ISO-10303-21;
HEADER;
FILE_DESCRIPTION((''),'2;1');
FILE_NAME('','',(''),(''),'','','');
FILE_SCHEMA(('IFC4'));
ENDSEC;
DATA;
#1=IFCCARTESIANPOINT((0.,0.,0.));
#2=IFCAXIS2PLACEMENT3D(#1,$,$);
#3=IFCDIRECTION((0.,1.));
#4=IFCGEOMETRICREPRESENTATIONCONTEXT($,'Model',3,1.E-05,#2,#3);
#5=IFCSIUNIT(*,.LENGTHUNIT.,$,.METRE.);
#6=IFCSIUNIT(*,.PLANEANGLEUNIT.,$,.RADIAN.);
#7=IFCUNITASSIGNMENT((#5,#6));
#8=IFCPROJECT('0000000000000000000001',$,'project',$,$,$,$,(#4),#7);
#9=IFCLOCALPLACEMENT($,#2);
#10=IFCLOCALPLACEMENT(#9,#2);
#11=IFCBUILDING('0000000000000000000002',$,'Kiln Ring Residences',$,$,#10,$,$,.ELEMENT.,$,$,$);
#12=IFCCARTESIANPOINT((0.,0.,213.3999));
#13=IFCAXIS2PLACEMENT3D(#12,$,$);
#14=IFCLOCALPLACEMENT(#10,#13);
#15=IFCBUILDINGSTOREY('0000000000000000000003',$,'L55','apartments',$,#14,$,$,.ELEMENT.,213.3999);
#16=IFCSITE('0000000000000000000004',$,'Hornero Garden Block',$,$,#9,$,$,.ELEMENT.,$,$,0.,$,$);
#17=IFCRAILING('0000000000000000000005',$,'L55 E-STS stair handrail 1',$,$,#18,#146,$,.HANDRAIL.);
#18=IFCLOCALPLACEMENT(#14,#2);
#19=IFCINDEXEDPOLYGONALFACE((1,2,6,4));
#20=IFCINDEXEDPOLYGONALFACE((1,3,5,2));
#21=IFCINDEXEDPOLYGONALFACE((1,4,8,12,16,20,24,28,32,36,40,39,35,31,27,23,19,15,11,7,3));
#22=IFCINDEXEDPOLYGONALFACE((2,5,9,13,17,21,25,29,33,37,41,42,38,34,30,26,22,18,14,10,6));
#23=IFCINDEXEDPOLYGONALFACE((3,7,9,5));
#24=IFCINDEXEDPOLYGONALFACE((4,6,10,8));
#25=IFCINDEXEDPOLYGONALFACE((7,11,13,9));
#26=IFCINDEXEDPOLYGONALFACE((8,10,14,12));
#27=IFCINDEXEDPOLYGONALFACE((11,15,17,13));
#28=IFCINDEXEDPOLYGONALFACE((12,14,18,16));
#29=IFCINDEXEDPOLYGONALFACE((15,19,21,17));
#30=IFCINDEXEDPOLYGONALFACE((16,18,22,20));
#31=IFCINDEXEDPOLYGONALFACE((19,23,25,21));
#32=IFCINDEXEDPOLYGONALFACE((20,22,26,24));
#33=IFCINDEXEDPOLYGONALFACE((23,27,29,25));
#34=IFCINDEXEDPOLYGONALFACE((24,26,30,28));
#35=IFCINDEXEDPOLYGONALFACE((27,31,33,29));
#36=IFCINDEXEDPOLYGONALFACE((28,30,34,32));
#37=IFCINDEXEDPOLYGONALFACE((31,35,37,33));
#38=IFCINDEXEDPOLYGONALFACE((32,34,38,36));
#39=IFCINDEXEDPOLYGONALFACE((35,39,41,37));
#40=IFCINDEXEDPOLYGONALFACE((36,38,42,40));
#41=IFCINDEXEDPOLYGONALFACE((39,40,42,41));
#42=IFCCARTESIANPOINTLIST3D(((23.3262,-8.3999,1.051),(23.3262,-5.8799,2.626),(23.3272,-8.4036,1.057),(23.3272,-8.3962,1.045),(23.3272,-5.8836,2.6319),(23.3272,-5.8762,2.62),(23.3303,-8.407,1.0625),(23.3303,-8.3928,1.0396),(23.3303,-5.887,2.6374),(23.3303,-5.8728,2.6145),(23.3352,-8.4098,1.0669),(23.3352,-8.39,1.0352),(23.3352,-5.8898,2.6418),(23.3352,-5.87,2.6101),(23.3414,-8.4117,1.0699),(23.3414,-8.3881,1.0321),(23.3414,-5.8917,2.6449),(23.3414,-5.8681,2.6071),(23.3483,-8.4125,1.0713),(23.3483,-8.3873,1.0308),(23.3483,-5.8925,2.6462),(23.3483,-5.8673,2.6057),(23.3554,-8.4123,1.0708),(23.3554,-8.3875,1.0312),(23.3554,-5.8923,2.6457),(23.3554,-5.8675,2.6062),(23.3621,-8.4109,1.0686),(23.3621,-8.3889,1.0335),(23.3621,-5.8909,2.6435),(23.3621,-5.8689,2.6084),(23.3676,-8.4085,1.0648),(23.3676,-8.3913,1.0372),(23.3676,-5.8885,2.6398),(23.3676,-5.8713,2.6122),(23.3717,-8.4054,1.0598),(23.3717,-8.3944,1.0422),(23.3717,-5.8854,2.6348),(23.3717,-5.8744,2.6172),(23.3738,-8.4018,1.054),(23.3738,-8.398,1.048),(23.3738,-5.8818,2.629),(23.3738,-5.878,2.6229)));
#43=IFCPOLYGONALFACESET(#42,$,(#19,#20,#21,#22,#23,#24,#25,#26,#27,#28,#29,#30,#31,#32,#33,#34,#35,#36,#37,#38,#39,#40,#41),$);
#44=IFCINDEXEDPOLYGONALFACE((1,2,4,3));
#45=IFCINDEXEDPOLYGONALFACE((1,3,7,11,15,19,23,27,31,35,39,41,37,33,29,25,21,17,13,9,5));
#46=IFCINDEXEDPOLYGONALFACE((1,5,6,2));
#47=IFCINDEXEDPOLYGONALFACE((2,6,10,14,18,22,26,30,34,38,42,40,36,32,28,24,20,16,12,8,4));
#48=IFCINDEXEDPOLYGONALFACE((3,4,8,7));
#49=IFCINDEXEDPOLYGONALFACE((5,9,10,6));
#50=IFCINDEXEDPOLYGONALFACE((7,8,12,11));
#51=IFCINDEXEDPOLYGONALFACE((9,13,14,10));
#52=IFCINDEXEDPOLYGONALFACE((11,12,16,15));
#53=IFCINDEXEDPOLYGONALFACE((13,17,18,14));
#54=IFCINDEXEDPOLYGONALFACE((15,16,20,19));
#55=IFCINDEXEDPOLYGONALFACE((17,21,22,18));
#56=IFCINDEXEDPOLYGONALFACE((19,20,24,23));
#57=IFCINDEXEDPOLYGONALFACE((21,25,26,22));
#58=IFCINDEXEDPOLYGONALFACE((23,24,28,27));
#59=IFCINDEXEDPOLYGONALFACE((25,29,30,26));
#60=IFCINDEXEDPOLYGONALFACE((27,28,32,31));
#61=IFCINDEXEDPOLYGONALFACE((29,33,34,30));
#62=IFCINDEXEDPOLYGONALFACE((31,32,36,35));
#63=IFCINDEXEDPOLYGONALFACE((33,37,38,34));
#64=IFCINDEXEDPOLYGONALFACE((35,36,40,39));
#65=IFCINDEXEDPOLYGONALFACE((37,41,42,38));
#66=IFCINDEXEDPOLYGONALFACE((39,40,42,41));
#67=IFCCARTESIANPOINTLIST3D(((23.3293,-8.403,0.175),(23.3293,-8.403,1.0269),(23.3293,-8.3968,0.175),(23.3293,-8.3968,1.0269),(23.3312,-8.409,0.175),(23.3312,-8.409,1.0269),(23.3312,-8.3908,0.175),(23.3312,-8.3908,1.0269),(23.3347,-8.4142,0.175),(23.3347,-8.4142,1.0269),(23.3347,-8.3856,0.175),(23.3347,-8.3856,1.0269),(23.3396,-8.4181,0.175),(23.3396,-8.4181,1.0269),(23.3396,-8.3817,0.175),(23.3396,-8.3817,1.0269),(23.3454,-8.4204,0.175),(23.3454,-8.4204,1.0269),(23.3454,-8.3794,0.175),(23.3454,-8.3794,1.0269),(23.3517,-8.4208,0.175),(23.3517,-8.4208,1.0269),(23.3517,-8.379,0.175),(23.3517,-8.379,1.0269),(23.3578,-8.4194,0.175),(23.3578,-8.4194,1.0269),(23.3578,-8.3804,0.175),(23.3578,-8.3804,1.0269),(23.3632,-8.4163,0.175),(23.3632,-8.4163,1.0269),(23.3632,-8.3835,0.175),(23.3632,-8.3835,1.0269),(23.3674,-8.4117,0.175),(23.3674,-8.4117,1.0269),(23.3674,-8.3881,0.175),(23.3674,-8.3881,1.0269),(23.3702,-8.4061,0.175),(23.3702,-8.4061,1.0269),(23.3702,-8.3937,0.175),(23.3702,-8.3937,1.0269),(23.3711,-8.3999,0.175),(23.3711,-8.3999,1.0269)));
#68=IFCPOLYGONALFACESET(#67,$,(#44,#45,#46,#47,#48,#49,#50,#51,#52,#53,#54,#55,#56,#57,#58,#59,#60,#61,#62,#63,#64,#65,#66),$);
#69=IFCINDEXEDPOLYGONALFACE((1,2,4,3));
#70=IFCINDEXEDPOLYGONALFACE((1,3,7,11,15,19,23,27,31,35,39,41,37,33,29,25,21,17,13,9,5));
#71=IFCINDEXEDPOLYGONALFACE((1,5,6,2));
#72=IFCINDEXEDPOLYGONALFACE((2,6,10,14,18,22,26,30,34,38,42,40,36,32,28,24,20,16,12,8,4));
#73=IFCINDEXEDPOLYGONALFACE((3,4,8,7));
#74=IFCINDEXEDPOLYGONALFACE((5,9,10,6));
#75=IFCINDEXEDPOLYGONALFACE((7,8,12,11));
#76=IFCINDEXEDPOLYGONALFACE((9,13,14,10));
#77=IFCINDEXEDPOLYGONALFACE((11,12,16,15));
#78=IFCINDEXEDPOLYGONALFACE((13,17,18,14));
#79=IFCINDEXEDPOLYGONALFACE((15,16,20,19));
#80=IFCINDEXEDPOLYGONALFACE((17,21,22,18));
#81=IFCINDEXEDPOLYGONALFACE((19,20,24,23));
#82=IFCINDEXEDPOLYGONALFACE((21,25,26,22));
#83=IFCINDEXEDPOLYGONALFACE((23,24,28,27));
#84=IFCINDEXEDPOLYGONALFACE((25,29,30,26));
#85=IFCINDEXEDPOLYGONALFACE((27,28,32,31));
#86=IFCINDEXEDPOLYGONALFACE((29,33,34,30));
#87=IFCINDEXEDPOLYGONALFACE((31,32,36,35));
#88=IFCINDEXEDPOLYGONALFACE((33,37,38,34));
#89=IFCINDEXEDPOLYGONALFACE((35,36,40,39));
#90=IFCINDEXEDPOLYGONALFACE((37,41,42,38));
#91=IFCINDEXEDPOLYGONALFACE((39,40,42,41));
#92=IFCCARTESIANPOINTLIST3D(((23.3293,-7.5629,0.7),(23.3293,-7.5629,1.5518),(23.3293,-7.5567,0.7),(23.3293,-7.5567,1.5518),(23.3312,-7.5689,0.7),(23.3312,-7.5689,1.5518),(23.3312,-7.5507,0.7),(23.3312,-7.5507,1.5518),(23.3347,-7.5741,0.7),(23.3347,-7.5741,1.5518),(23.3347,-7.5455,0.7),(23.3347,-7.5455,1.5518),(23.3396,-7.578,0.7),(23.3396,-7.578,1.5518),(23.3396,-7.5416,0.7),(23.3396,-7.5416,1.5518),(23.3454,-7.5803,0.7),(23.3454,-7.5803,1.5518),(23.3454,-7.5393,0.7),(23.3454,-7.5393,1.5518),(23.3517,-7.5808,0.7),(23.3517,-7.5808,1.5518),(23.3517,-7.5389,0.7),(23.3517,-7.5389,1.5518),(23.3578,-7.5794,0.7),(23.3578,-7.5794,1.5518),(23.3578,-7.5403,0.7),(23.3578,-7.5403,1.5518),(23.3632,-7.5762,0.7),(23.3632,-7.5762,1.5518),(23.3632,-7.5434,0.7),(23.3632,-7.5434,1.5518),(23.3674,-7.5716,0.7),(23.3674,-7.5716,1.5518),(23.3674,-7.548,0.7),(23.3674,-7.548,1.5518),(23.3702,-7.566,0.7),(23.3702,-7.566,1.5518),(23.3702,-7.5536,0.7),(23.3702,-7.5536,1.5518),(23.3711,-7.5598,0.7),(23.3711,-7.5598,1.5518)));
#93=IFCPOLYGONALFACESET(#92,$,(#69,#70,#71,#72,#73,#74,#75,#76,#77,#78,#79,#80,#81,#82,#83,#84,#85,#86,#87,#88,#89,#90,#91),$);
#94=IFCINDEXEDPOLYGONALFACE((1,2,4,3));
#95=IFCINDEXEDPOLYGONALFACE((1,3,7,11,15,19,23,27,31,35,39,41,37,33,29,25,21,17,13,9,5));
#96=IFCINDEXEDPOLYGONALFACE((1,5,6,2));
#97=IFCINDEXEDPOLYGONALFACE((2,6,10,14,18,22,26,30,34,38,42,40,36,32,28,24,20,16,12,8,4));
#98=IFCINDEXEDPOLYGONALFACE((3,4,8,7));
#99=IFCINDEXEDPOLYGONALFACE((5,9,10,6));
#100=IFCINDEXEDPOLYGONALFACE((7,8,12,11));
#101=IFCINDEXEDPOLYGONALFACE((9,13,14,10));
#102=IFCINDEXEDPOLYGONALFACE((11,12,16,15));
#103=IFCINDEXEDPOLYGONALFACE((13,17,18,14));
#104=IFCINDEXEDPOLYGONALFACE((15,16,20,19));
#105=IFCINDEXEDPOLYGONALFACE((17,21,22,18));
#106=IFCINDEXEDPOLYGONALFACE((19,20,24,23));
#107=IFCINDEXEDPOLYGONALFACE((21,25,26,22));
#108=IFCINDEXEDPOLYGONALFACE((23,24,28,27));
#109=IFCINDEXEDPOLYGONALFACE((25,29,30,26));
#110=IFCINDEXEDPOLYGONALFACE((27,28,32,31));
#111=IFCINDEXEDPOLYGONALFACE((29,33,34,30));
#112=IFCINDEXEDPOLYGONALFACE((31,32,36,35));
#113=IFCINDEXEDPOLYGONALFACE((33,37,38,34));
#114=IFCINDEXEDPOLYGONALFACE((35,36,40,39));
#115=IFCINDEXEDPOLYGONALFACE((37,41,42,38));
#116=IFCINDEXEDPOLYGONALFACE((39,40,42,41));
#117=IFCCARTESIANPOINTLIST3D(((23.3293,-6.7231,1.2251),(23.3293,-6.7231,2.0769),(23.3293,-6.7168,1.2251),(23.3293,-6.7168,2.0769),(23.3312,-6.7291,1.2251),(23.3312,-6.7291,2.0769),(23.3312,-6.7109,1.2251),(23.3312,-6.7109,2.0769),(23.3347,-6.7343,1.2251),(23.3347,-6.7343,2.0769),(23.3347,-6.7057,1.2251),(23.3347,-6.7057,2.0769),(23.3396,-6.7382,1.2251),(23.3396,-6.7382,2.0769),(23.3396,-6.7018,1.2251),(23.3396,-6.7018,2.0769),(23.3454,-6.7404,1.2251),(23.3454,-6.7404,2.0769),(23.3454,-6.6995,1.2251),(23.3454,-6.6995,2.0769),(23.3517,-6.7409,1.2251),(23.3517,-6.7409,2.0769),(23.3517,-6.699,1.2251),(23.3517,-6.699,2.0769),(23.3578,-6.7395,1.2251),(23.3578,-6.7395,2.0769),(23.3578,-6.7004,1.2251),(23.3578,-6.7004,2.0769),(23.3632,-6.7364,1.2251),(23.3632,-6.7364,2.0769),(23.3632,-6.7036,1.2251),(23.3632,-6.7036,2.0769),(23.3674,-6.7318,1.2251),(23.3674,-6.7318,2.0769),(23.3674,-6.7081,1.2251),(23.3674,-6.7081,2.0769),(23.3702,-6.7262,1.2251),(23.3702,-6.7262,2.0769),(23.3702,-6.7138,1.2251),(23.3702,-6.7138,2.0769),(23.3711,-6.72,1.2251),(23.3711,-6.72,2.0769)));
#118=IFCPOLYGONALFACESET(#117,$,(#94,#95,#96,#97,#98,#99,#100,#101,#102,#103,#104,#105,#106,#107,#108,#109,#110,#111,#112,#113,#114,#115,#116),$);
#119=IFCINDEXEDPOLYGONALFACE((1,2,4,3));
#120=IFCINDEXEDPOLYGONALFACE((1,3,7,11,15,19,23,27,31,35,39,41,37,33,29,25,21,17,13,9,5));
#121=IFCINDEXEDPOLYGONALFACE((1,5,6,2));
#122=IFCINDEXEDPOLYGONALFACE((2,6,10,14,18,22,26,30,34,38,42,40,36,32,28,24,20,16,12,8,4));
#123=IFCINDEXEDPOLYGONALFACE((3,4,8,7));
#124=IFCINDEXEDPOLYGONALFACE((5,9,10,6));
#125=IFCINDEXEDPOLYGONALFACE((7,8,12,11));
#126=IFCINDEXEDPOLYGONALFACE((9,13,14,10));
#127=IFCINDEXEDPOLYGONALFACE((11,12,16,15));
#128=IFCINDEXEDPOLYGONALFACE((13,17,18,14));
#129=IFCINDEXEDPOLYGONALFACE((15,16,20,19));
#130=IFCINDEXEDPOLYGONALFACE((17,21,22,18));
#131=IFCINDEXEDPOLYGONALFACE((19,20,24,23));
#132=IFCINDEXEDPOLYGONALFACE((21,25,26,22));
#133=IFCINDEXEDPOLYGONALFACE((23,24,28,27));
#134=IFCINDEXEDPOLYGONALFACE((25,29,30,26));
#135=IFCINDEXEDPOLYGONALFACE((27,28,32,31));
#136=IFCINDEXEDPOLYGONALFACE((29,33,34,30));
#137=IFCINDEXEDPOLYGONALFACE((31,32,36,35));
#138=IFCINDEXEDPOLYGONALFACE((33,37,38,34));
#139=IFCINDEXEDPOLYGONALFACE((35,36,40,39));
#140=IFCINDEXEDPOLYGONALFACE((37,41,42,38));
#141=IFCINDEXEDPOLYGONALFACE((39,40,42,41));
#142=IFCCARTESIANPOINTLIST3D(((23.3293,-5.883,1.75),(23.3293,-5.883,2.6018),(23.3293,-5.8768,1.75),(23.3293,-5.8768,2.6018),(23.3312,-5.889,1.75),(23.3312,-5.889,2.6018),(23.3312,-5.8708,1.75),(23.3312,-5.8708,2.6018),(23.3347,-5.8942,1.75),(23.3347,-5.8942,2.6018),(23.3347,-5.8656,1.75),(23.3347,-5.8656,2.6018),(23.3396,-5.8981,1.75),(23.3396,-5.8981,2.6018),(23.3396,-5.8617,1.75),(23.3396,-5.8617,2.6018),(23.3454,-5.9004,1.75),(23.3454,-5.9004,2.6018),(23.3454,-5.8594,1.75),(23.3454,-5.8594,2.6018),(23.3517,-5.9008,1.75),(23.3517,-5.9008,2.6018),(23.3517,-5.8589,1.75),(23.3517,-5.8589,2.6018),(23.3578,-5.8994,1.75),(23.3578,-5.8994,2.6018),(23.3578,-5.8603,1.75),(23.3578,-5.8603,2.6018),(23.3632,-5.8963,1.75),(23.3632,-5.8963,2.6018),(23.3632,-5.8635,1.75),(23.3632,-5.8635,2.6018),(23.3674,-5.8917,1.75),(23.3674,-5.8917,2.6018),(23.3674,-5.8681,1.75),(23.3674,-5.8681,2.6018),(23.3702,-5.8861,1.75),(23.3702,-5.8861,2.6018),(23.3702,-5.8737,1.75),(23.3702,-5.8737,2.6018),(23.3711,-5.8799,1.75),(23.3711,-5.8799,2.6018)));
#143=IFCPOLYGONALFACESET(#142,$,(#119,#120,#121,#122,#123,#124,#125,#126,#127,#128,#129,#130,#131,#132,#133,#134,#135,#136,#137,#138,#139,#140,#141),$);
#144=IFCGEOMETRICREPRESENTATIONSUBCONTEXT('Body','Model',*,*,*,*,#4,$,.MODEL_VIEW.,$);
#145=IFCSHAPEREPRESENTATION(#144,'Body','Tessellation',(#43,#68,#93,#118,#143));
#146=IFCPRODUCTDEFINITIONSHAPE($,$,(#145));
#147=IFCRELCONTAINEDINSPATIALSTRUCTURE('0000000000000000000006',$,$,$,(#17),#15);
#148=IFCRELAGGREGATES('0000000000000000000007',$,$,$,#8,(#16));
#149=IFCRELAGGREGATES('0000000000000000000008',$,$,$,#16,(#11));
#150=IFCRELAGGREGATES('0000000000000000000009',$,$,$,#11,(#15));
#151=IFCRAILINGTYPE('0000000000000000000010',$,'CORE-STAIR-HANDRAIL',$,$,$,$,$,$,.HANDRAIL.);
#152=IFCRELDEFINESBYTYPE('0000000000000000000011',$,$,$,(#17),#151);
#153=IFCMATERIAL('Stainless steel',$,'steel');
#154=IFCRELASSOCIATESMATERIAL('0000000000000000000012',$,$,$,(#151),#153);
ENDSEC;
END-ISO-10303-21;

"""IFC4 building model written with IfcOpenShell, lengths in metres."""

from ifc_helpers import new_model, si_unit, direction, frame, origin, origin_2d, place, context, subcontext, project, spatial, circle, extrude, material, type_object, element, save


model = new_model("IFC4")

# Units and contexts
model_context = context("Model", 3, precision=1e-05, world=origin(), true_north=direction((0.0, 1.0)))
body_context = subcontext(model_context, "Body", "Model", "MODEL_VIEW")
ifc_project = project(units=[si_unit("LENGTHUNIT", "METRE"), si_unit("PLANEANGLEUNIT", "RADIAN")], contexts=[model_context])

# Site, building, storey
site_placement = place(None, origin())
site = spatial("IfcSite", under=ifc_project, at=site_placement, Name="Hornero Garden Block", CompositionType="ELEMENT", RefElevation=0.0)
building_placement = place(site_placement, origin())
building = spatial("IfcBuilding", under=site, at=building_placement, Name="Kiln Ring Residences", CompositionType="ELEMENT")
storey_placement = place(building_placement, frame((0.0, 0.0, 213.3999)))
storey = spatial("IfcBuildingStorey", under=building, at=storey_placement, Name="L55", Description="apartments", CompositionType="ELEMENT", Elevation=213.3999)

# Railing
ifc_material_1 = material(Name="Stainless steel", Category="steel")
railing_type_1 = type_object("IfcRailingType", Name="CORE-STAIR-HANDRAIL", PredefinedType="HANDRAIL", material=ifc_material_1)
railing_1_placement = place(storey_placement, frame((23.3501, -8.3999, 0.175)))
element("IfcRailing", 1, at=railing_1_placement, inside=storey, type_object=railing_type_1, Name="L55 E-STS stair handrail 1", PredefinedType="HANDRAIL", context=body_context, shape_type="SweptSolid", body=[
    extrude(circle(Radius=0.0239, at=origin_2d()), frame((0.0, 0.0, 0.876), z_axis=(0.0, 0.848008, 0.529984), x_axis=(-1.0, 0.0, 0.0)), (0.0, 0.0, 1.0), 2.9717),
    extrude(circle(Radius=0.021, at=origin_2d()), origin(), (0.0, 0.0, 1.0), 0.8518),
    extrude(circle(Radius=0.021, at=origin_2d()), frame((0.0, 0.8401, 0.5249)), (0.0, 0.0, 1.0), 0.8518),
    extrude(circle(Radius=0.021, at=origin_2d()), frame((0.0, 1.6799, 1.05)), (0.0, 0.0, 1.0), 0.8518),
    extrude(circle(Radius=0.021, at=origin_2d()), frame((0.0, 2.52, 1.575)), (0.0, 0.0, 1.0), 0.8518),
])

save(model, "model.ifc")
